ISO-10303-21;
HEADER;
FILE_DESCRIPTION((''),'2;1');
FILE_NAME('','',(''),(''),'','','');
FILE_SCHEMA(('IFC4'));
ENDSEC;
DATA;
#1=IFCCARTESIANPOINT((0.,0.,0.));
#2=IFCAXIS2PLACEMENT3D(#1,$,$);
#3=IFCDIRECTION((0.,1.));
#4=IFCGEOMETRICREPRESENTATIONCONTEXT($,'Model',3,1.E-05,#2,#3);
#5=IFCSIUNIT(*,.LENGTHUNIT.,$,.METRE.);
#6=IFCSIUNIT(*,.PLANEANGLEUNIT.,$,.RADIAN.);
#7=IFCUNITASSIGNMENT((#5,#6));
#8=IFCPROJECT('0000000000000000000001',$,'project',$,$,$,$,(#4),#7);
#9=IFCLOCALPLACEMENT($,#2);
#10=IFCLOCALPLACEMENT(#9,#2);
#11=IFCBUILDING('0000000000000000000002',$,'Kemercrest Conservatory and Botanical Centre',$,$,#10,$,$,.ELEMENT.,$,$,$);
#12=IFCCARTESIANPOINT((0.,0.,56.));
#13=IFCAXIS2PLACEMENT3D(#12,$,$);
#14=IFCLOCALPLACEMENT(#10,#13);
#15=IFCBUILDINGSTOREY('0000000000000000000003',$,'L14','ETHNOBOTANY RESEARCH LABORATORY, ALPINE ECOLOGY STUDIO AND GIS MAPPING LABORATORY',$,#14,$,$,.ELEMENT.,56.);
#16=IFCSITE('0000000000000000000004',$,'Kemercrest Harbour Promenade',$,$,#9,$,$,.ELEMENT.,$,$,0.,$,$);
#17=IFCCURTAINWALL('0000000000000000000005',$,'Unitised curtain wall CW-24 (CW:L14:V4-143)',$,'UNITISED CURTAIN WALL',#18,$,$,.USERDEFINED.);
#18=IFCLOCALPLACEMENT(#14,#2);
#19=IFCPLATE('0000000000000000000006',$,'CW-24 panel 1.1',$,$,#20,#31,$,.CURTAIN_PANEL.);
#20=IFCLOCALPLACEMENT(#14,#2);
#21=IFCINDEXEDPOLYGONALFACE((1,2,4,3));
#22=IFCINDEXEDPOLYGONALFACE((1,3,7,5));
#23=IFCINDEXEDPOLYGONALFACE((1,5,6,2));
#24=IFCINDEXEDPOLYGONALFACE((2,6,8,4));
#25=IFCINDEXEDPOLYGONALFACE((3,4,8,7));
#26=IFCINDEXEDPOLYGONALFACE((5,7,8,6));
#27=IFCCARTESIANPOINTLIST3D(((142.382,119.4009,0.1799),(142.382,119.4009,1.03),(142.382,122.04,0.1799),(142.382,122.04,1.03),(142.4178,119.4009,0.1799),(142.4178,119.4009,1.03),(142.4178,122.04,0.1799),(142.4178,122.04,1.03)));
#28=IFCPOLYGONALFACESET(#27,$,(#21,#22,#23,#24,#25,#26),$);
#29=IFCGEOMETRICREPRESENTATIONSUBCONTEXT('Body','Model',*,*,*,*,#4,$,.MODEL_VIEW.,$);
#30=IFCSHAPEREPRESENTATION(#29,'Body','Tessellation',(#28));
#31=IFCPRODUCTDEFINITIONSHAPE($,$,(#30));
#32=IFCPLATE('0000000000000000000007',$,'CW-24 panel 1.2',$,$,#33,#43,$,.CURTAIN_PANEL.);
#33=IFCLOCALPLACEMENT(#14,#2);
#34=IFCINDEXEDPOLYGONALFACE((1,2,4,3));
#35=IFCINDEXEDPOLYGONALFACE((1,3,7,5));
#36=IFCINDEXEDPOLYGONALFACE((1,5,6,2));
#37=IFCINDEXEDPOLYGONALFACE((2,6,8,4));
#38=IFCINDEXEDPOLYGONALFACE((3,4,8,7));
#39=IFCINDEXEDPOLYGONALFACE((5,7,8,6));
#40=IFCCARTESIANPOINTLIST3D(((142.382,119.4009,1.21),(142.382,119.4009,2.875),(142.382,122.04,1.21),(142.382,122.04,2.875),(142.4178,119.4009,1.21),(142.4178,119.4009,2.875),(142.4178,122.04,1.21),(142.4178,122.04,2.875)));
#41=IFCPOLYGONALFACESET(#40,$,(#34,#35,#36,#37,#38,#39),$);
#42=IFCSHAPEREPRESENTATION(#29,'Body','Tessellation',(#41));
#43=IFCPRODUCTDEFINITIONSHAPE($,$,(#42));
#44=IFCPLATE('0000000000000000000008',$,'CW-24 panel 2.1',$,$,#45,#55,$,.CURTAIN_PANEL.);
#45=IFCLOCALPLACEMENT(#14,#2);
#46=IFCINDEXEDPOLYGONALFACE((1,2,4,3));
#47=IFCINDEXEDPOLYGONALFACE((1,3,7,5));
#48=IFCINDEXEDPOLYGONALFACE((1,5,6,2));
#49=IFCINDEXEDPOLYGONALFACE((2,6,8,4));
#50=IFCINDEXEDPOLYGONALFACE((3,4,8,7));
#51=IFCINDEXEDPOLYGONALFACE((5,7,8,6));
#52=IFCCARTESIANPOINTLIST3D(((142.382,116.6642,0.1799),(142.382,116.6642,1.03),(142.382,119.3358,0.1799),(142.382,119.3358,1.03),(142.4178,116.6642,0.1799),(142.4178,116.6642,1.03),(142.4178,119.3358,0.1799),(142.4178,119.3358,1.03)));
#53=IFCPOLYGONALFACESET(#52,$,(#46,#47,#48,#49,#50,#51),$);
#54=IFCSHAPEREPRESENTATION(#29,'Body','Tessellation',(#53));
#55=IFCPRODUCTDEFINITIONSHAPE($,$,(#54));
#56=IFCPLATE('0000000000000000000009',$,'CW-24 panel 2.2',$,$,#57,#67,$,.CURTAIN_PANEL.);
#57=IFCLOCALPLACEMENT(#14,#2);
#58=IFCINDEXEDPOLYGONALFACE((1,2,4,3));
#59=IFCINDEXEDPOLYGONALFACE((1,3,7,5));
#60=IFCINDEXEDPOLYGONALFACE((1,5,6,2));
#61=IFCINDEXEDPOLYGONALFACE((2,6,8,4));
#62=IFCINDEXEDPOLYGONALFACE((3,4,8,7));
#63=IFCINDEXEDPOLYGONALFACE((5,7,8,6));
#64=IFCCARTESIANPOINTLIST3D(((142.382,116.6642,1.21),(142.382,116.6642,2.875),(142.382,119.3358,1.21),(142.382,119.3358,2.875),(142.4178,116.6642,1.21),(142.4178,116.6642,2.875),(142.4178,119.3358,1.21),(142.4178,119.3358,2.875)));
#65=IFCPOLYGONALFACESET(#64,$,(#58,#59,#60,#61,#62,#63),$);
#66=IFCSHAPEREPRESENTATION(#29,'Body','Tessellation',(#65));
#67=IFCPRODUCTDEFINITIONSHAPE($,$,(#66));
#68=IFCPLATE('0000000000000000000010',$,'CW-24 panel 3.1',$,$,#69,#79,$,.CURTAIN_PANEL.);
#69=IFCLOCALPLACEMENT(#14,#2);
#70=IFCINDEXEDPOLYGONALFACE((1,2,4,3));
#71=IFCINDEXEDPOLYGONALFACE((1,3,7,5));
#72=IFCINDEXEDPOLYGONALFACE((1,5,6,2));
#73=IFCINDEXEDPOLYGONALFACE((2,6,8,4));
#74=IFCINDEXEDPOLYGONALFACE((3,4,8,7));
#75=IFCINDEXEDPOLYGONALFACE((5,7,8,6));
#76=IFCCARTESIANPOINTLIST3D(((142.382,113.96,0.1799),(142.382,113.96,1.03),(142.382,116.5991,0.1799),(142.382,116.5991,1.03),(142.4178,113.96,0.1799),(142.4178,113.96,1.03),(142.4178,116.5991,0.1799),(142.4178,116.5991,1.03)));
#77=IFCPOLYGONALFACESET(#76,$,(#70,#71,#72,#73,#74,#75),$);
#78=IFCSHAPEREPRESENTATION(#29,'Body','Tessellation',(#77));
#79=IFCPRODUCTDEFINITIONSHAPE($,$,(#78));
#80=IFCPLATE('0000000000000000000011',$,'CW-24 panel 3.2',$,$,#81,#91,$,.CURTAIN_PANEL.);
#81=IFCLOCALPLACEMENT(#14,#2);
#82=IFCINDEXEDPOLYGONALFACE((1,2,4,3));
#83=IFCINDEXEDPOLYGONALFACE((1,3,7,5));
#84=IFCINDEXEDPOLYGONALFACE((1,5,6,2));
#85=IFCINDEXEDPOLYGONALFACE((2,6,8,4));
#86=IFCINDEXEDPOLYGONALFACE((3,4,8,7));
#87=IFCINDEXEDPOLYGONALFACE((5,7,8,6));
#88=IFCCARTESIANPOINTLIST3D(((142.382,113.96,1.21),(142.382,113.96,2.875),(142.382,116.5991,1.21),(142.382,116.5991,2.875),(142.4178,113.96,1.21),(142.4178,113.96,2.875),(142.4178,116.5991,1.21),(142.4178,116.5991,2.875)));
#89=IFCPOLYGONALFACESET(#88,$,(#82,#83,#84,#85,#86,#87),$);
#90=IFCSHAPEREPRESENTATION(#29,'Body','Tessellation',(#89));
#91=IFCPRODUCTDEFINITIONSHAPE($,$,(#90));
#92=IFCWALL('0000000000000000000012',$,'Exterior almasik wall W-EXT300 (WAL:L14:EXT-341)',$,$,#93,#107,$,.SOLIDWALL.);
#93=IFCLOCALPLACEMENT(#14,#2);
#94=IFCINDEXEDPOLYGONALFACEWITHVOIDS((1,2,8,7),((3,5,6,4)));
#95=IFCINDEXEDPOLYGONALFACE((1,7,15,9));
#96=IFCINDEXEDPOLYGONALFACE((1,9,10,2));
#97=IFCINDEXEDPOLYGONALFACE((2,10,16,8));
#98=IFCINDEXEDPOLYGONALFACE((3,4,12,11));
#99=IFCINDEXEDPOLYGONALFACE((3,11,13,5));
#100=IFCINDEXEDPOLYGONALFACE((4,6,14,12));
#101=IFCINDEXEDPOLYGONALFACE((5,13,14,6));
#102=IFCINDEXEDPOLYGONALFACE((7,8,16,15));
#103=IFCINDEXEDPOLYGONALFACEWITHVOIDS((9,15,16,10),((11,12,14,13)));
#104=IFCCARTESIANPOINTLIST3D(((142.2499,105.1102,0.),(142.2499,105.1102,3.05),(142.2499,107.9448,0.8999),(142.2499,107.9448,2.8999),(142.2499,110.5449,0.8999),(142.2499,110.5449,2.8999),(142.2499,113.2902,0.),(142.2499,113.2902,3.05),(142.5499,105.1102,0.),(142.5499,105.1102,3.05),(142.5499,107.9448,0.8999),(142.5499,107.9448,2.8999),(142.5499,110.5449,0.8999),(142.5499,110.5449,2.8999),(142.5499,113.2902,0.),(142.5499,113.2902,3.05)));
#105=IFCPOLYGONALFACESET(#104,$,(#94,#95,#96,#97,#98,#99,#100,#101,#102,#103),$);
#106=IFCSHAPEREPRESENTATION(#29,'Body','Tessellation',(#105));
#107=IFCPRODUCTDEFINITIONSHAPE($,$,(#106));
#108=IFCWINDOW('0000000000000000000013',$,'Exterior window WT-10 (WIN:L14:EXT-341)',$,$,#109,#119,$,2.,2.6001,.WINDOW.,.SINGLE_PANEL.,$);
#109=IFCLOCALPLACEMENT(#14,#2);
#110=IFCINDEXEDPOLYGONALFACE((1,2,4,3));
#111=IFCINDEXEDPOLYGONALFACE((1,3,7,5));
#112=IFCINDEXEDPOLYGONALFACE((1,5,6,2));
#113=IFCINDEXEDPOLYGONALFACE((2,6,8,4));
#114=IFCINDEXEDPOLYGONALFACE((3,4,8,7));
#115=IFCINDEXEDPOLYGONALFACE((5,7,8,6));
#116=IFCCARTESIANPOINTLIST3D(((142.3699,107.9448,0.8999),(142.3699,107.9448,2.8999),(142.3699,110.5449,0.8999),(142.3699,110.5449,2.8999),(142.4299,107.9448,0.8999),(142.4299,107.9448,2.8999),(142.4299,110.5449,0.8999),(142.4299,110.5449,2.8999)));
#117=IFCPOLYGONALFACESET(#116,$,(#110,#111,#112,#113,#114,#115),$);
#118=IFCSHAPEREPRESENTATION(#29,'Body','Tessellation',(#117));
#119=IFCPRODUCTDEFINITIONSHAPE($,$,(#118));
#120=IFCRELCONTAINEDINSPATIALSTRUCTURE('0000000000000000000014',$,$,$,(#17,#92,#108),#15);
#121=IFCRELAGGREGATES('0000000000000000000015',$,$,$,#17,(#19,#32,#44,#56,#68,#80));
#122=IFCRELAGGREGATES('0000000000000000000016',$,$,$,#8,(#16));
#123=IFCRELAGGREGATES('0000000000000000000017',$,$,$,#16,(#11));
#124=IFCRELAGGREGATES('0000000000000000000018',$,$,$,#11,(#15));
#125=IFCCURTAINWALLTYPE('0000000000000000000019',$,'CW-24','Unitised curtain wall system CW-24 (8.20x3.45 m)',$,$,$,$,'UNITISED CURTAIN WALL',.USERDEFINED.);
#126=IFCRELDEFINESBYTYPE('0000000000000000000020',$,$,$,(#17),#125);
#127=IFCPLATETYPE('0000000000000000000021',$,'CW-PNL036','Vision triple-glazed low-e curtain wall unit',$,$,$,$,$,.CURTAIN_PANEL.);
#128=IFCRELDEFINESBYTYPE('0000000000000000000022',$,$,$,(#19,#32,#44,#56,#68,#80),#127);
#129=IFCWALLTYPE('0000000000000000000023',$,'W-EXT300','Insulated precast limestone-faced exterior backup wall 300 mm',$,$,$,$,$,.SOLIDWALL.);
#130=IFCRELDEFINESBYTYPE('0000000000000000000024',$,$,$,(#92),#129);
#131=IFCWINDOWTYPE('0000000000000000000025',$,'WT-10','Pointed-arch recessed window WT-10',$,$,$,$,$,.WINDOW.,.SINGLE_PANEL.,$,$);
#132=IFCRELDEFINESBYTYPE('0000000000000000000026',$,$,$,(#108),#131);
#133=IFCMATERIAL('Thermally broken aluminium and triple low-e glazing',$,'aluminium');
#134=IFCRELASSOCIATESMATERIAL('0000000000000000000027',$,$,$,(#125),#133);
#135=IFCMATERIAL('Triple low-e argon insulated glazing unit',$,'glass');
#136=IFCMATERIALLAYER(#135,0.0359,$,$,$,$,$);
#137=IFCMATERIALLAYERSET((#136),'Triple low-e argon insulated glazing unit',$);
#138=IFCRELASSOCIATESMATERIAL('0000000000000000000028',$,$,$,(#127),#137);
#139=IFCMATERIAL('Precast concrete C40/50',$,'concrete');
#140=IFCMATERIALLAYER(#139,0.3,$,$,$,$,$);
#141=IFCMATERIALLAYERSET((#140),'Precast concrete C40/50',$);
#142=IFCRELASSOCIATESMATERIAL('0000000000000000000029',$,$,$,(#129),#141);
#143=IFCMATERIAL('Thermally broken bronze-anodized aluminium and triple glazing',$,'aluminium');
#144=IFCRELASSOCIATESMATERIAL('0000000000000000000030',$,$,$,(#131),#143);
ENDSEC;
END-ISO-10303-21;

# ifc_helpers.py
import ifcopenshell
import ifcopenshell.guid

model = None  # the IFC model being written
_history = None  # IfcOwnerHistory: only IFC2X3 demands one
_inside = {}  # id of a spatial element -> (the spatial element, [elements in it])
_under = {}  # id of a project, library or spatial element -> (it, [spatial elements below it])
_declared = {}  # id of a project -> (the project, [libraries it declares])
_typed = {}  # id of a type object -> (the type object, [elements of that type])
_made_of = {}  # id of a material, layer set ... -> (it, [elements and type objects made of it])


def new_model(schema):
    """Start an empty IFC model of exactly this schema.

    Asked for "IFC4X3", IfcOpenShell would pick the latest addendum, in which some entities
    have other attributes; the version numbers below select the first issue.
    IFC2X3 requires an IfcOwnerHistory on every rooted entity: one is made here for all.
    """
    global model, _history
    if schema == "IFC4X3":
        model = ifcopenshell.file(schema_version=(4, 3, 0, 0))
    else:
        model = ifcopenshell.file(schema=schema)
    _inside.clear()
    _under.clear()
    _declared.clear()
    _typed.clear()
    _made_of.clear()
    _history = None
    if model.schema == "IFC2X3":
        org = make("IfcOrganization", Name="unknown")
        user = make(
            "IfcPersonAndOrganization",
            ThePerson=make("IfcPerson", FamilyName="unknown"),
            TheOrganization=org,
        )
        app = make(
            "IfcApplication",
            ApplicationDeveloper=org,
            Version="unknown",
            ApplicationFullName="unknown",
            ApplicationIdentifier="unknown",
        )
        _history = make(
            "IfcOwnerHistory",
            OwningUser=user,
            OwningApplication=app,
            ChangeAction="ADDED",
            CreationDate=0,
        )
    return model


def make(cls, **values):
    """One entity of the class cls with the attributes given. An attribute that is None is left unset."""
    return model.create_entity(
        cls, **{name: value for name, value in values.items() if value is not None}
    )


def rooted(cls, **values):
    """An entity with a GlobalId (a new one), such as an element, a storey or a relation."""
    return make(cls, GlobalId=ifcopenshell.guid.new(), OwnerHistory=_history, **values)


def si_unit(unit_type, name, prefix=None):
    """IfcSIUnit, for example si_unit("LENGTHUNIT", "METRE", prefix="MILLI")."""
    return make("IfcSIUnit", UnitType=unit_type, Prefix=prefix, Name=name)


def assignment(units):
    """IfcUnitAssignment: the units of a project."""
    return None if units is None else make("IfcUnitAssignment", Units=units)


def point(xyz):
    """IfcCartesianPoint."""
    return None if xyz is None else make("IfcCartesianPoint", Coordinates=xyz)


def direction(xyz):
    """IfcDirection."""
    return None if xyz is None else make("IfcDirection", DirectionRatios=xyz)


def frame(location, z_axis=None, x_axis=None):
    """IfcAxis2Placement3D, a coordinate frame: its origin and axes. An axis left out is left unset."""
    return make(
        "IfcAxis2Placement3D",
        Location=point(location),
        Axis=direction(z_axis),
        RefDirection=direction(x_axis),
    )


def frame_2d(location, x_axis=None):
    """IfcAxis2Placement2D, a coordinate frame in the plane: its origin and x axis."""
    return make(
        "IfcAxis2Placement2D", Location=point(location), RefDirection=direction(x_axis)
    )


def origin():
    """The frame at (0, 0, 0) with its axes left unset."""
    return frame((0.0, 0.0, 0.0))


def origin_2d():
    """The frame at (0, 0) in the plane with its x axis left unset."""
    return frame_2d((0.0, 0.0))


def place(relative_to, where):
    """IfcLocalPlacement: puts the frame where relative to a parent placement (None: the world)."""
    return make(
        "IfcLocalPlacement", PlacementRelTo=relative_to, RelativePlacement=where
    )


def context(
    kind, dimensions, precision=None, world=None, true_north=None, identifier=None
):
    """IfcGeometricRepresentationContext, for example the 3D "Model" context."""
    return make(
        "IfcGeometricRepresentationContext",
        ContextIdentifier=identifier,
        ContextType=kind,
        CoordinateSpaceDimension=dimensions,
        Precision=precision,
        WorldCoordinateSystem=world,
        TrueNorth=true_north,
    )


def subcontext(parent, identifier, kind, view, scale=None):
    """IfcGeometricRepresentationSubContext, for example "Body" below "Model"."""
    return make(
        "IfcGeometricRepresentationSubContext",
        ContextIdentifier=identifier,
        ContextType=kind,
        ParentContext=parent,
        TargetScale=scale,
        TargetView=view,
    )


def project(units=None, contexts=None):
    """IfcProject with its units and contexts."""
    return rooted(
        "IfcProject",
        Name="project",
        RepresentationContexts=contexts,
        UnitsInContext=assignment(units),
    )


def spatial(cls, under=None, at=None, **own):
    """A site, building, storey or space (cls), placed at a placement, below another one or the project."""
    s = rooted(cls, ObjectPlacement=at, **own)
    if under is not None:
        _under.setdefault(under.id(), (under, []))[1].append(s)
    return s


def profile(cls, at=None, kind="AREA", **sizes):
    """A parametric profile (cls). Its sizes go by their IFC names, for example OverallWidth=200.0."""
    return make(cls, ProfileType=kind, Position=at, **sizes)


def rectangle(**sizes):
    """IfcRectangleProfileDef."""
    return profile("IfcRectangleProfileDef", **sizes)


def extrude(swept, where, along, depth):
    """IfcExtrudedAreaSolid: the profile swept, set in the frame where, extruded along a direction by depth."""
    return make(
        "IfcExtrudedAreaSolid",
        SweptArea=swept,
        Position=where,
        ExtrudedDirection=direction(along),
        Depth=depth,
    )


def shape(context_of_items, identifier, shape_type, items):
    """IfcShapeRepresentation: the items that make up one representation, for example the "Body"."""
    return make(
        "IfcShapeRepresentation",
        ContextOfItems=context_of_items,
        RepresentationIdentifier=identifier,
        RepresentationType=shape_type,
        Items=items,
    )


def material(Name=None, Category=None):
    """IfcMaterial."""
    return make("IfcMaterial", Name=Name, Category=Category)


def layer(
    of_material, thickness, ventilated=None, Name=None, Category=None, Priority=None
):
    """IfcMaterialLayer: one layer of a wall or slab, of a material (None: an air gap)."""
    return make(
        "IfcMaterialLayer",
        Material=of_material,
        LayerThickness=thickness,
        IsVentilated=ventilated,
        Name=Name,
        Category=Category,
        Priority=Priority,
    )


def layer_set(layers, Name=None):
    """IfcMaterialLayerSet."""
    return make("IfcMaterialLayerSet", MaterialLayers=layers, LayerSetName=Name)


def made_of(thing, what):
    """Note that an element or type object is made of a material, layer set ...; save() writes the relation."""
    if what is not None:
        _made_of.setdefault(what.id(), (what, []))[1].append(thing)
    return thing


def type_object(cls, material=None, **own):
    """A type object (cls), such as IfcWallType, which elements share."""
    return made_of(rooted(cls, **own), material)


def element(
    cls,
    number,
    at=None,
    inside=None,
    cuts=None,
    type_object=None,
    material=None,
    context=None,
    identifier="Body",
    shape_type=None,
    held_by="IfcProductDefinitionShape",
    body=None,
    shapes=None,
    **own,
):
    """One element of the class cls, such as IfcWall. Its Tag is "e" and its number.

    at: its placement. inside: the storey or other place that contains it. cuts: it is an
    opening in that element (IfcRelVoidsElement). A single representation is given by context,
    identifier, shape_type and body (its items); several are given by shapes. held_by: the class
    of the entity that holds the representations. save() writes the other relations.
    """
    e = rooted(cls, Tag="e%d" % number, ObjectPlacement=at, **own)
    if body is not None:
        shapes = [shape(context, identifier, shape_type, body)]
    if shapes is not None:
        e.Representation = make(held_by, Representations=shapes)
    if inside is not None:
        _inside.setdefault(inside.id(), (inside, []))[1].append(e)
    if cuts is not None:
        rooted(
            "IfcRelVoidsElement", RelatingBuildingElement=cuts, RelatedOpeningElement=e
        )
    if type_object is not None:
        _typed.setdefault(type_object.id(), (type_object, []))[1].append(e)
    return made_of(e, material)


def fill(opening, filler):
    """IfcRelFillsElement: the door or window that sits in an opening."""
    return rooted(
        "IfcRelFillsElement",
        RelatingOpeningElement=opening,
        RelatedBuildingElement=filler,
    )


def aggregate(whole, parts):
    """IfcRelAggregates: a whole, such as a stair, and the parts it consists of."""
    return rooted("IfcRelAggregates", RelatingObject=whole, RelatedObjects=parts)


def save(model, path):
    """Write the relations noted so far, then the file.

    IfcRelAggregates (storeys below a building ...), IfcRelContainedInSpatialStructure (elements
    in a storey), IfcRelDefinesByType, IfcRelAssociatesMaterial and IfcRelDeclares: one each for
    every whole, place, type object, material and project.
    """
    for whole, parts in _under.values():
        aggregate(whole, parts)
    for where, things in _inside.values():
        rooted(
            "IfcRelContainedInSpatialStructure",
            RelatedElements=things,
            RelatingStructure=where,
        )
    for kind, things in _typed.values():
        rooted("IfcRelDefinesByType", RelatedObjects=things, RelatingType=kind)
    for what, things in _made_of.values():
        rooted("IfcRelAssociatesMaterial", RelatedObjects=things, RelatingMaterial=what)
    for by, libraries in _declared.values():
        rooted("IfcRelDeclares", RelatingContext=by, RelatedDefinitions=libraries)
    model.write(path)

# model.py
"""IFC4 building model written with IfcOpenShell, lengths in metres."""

from ifc_helpers import new_model, si_unit, direction, frame, frame_2d, origin, origin_2d, place, context, subcontext, project, spatial, rectangle, extrude, material, layer, layer_set, type_object, element, fill, aggregate, save


model = new_model("IFC4")

# Units and contexts
model_context = context("Model", 3, precision=1e-05, world=origin(), true_north=direction((0.0, 1.0)))
body_context = subcontext(model_context, "Body", "Model", "MODEL_VIEW")
ifc_project = project(units=[si_unit("LENGTHUNIT", "METRE"), si_unit("PLANEANGLEUNIT", "RADIAN")], contexts=[model_context])

# Site, building, storey
site_placement = place(None, origin())
site = spatial("IfcSite", under=ifc_project, at=site_placement, Name="Kemercrest Harbour Promenade", CompositionType="ELEMENT", RefElevation=0.0)
building_placement = place(site_placement, origin())
building = spatial("IfcBuilding", under=site, at=building_placement, Name="Kemercrest Conservatory and Botanical Centre", CompositionType="ELEMENT")
storey_placement = place(building_placement, frame((0.0, 0.0, 56.0)))
storey = spatial("IfcBuildingStorey", under=building, at=storey_placement, Name="L14", Description="ETHNOBOTANY RESEARCH LABORATORY, ALPINE ECOLOGY STUDIO AND GIS MAPPING LABORATORY", CompositionType="ELEMENT", Elevation=56.0)

# Curtain wall
ifc_material_1 = material(Name="Thermally broken aluminium and triple low-e glazing", Category="aluminium")
curtain_wall_type_1 = type_object("IfcCurtainWallType", Name="CW-24", Description="Unitised curtain wall system CW-24 (8.20x3.45 m)", ElementType="UNITISED CURTAIN WALL", PredefinedType="USERDEFINED", material=ifc_material_1)
curtain_wall_1_placement = place(storey_placement, origin())
curtain_wall_1 = element("IfcCurtainWall", 1, at=curtain_wall_1_placement, inside=storey, type_object=curtain_wall_type_1, Name="Unitised curtain wall CW-24 (CW:L14:V4-143)", ObjectType="UNITISED CURTAIN WALL", PredefinedType="USERDEFINED")

# Plates
ifc_material_2 = material(Name="Triple low-e argon insulated glazing unit", Category="glass")
ifc_layer_1 = layer(ifc_material_2, 0.0359)
ifc_layer_set_1 = layer_set([ifc_layer_1], Name="Triple low-e argon insulated glazing unit")
plate_type = type_object("IfcPlateType", Name="CW-PNL036", Description="Vision triple-glazed low-e curtain wall unit", PredefinedType="CURTAIN_PANEL", material=ifc_layer_set_1)
plate_1_placement = place(storey_placement, frame((142.3999, 120.7205, 0.1799), z_axis=(0.0, 0.0, 1.0), x_axis=(0.0, -1.0, 0.0)))
plate_1 = element("IfcPlate", 2, at=plate_1_placement, type_object=plate_type, Name="CW-24 panel 1.1", PredefinedType="CURTAIN_PANEL", context=body_context, shape_type="SweptSolid", body=[
    extrude(rectangle(XDim=2.6392, YDim=0.0359, at=origin_2d()), origin(), (0.0, 0.0, 1.0), 0.8501),
])
plate_2_placement = place(storey_placement, frame((142.3999, 120.7205, 1.21), z_axis=(0.0, 0.0, 1.0), x_axis=(0.0, -1.0, 0.0)))
plate_2 = element("IfcPlate", 3, at=plate_2_placement, type_object=plate_type, Name="CW-24 panel 1.2", PredefinedType="CURTAIN_PANEL", context=body_context, shape_type="SweptSolid", body=[
    extrude(rectangle(XDim=2.6392, YDim=0.0359, at=origin_2d()), origin(), (0.0, 0.0, 1.0), 1.665),
])
plate_3_placement = place(storey_placement, frame((142.3999, 118.0, 0.1799), z_axis=(0.0, 0.0, 1.0), x_axis=(0.0, -1.0, 0.0)))
plate_3 = element("IfcPlate", 4, at=plate_3_placement, type_object=plate_type, Name="CW-24 panel 2.1", PredefinedType="CURTAIN_PANEL", context=body_context, shape_type="SweptSolid", body=[
    extrude(rectangle(XDim=2.6716, YDim=0.0359, at=origin_2d()), origin(), (0.0, 0.0, 1.0), 0.8501),
])
plate_4_placement = place(storey_placement, frame((142.3999, 118.0, 1.21), z_axis=(0.0, 0.0, 1.0), x_axis=(0.0, -1.0, 0.0)))
plate_4 = element("IfcPlate", 5, at=plate_4_placement, type_object=plate_type, Name="CW-24 panel 2.2", PredefinedType="CURTAIN_PANEL", context=body_context, shape_type="SweptSolid", body=[
    extrude(rectangle(XDim=2.6716, YDim=0.0359, at=origin_2d()), origin(), (0.0, 0.0, 1.0), 1.665),
])
plate_5_placement = place(storey_placement, frame((142.3999, 115.2795, 0.1799), z_axis=(0.0, 0.0, 1.0), x_axis=(0.0, -1.0, 0.0)))
plate_5 = element("IfcPlate", 6, at=plate_5_placement, type_object=plate_type, Name="CW-24 panel 3.1", PredefinedType="CURTAIN_PANEL", context=body_context, shape_type="SweptSolid", body=[
    extrude(rectangle(XDim=2.6392, YDim=0.0359, at=origin_2d()), origin(), (0.0, 0.0, 1.0), 0.8501),
])
plate_6_placement = place(storey_placement, frame((142.3999, 115.2795, 1.21), z_axis=(0.0, 0.0, 1.0), x_axis=(0.0, -1.0, 0.0)))
plate_6 = element("IfcPlate", 7, at=plate_6_placement, type_object=plate_type, Name="CW-24 panel 3.2", PredefinedType="CURTAIN_PANEL", context=body_context, shape_type="SweptSolid", body=[
    extrude(rectangle(XDim=2.6392, YDim=0.0359, at=origin_2d()), origin(), (0.0, 0.0, 1.0), 1.665),
])
aggregate(curtain_wall_1, [plate_1, plate_2, plate_3, plate_4, plate_5, plate_6])

# Wall, opening, window
ifc_material_3 = material(Name="Precast concrete C40/50", Category="concrete")
ifc_layer_2 = layer(ifc_material_3, 0.3)
ifc_layer_set_2 = layer_set([ifc_layer_2], Name="Precast concrete C40/50")
wall_type = type_object("IfcWallType", Name="W-EXT300", Description="Insulated precast limestone-faced exterior backup wall 300 mm", PredefinedType="SOLIDWALL", material=ifc_layer_set_2)
wall_placement = place(storey_placement, frame((142.3999, 113.29, 0.0), z_axis=(0.0, 0.0, 1.0), x_axis=(0.0, -1.0, 0.0)))
wall = element("IfcWall", 8, at=wall_placement, inside=storey, type_object=wall_type, Name="Exterior almasik wall W-EXT300 (WAL:L14:EXT-341)", PredefinedType="SOLIDWALL", context=body_context, shape_type="SweptSolid", body=[
    extrude(rectangle(XDim=8.1799, YDim=0.3, at=frame_2d((4.0898, 0.0))), origin(), (0.0, 0.0, 1.0), 3.05),
])
opening_placement = place(wall_placement, frame((2.7451, 0.0, 0.8999)))
opening = element("IfcOpeningElement", 9, at=opening_placement, cuts=wall, PredefinedType="OPENING", context=body_context, shape_type="SweptSolid", body=[
    extrude(rectangle(XDim=2.6001, YDim=2.0, at=frame_2d((1.3, 1.0))), frame((0.0, 0.1602, 0.0), z_axis=(0.0, -1.0, 0.0), x_axis=(1.0, 0.0, 0.0)), (0.0, 0.0, 1.0), 0.3201),
])
ifc_material_4 = material(Name="Thermally broken bronze-anodized aluminium and triple glazing", Category="aluminium")
window_type = type_object("IfcWindowType", Name="WT-10", Description="Pointed-arch recessed window WT-10", PartitioningType="SINGLE_PANEL", PredefinedType="WINDOW", material=ifc_material_4)
window_placement = place(opening_placement, origin())
window = element("IfcWindow", 10, at=window_placement, inside=storey, type_object=window_type, Name="Exterior window WT-10 (WIN:L14:EXT-341)", OverallHeight=2.0, OverallWidth=2.6001, PartitioningType="SINGLE_PANEL", PredefinedType="WINDOW", context=body_context, shape_type="SweptSolid", body=[
    extrude(rectangle(XDim=2.6001, YDim=2.0, at=frame_2d((1.3, 1.0))), frame((0.0, 0.03, 0.0), z_axis=(0.0, -1.0, 0.0), x_axis=(1.0, 0.0, 0.0)), (0.0, 0.0, 1.0), 0.0601),
])
fill(opening, window)

save(model, "model.ifc")
